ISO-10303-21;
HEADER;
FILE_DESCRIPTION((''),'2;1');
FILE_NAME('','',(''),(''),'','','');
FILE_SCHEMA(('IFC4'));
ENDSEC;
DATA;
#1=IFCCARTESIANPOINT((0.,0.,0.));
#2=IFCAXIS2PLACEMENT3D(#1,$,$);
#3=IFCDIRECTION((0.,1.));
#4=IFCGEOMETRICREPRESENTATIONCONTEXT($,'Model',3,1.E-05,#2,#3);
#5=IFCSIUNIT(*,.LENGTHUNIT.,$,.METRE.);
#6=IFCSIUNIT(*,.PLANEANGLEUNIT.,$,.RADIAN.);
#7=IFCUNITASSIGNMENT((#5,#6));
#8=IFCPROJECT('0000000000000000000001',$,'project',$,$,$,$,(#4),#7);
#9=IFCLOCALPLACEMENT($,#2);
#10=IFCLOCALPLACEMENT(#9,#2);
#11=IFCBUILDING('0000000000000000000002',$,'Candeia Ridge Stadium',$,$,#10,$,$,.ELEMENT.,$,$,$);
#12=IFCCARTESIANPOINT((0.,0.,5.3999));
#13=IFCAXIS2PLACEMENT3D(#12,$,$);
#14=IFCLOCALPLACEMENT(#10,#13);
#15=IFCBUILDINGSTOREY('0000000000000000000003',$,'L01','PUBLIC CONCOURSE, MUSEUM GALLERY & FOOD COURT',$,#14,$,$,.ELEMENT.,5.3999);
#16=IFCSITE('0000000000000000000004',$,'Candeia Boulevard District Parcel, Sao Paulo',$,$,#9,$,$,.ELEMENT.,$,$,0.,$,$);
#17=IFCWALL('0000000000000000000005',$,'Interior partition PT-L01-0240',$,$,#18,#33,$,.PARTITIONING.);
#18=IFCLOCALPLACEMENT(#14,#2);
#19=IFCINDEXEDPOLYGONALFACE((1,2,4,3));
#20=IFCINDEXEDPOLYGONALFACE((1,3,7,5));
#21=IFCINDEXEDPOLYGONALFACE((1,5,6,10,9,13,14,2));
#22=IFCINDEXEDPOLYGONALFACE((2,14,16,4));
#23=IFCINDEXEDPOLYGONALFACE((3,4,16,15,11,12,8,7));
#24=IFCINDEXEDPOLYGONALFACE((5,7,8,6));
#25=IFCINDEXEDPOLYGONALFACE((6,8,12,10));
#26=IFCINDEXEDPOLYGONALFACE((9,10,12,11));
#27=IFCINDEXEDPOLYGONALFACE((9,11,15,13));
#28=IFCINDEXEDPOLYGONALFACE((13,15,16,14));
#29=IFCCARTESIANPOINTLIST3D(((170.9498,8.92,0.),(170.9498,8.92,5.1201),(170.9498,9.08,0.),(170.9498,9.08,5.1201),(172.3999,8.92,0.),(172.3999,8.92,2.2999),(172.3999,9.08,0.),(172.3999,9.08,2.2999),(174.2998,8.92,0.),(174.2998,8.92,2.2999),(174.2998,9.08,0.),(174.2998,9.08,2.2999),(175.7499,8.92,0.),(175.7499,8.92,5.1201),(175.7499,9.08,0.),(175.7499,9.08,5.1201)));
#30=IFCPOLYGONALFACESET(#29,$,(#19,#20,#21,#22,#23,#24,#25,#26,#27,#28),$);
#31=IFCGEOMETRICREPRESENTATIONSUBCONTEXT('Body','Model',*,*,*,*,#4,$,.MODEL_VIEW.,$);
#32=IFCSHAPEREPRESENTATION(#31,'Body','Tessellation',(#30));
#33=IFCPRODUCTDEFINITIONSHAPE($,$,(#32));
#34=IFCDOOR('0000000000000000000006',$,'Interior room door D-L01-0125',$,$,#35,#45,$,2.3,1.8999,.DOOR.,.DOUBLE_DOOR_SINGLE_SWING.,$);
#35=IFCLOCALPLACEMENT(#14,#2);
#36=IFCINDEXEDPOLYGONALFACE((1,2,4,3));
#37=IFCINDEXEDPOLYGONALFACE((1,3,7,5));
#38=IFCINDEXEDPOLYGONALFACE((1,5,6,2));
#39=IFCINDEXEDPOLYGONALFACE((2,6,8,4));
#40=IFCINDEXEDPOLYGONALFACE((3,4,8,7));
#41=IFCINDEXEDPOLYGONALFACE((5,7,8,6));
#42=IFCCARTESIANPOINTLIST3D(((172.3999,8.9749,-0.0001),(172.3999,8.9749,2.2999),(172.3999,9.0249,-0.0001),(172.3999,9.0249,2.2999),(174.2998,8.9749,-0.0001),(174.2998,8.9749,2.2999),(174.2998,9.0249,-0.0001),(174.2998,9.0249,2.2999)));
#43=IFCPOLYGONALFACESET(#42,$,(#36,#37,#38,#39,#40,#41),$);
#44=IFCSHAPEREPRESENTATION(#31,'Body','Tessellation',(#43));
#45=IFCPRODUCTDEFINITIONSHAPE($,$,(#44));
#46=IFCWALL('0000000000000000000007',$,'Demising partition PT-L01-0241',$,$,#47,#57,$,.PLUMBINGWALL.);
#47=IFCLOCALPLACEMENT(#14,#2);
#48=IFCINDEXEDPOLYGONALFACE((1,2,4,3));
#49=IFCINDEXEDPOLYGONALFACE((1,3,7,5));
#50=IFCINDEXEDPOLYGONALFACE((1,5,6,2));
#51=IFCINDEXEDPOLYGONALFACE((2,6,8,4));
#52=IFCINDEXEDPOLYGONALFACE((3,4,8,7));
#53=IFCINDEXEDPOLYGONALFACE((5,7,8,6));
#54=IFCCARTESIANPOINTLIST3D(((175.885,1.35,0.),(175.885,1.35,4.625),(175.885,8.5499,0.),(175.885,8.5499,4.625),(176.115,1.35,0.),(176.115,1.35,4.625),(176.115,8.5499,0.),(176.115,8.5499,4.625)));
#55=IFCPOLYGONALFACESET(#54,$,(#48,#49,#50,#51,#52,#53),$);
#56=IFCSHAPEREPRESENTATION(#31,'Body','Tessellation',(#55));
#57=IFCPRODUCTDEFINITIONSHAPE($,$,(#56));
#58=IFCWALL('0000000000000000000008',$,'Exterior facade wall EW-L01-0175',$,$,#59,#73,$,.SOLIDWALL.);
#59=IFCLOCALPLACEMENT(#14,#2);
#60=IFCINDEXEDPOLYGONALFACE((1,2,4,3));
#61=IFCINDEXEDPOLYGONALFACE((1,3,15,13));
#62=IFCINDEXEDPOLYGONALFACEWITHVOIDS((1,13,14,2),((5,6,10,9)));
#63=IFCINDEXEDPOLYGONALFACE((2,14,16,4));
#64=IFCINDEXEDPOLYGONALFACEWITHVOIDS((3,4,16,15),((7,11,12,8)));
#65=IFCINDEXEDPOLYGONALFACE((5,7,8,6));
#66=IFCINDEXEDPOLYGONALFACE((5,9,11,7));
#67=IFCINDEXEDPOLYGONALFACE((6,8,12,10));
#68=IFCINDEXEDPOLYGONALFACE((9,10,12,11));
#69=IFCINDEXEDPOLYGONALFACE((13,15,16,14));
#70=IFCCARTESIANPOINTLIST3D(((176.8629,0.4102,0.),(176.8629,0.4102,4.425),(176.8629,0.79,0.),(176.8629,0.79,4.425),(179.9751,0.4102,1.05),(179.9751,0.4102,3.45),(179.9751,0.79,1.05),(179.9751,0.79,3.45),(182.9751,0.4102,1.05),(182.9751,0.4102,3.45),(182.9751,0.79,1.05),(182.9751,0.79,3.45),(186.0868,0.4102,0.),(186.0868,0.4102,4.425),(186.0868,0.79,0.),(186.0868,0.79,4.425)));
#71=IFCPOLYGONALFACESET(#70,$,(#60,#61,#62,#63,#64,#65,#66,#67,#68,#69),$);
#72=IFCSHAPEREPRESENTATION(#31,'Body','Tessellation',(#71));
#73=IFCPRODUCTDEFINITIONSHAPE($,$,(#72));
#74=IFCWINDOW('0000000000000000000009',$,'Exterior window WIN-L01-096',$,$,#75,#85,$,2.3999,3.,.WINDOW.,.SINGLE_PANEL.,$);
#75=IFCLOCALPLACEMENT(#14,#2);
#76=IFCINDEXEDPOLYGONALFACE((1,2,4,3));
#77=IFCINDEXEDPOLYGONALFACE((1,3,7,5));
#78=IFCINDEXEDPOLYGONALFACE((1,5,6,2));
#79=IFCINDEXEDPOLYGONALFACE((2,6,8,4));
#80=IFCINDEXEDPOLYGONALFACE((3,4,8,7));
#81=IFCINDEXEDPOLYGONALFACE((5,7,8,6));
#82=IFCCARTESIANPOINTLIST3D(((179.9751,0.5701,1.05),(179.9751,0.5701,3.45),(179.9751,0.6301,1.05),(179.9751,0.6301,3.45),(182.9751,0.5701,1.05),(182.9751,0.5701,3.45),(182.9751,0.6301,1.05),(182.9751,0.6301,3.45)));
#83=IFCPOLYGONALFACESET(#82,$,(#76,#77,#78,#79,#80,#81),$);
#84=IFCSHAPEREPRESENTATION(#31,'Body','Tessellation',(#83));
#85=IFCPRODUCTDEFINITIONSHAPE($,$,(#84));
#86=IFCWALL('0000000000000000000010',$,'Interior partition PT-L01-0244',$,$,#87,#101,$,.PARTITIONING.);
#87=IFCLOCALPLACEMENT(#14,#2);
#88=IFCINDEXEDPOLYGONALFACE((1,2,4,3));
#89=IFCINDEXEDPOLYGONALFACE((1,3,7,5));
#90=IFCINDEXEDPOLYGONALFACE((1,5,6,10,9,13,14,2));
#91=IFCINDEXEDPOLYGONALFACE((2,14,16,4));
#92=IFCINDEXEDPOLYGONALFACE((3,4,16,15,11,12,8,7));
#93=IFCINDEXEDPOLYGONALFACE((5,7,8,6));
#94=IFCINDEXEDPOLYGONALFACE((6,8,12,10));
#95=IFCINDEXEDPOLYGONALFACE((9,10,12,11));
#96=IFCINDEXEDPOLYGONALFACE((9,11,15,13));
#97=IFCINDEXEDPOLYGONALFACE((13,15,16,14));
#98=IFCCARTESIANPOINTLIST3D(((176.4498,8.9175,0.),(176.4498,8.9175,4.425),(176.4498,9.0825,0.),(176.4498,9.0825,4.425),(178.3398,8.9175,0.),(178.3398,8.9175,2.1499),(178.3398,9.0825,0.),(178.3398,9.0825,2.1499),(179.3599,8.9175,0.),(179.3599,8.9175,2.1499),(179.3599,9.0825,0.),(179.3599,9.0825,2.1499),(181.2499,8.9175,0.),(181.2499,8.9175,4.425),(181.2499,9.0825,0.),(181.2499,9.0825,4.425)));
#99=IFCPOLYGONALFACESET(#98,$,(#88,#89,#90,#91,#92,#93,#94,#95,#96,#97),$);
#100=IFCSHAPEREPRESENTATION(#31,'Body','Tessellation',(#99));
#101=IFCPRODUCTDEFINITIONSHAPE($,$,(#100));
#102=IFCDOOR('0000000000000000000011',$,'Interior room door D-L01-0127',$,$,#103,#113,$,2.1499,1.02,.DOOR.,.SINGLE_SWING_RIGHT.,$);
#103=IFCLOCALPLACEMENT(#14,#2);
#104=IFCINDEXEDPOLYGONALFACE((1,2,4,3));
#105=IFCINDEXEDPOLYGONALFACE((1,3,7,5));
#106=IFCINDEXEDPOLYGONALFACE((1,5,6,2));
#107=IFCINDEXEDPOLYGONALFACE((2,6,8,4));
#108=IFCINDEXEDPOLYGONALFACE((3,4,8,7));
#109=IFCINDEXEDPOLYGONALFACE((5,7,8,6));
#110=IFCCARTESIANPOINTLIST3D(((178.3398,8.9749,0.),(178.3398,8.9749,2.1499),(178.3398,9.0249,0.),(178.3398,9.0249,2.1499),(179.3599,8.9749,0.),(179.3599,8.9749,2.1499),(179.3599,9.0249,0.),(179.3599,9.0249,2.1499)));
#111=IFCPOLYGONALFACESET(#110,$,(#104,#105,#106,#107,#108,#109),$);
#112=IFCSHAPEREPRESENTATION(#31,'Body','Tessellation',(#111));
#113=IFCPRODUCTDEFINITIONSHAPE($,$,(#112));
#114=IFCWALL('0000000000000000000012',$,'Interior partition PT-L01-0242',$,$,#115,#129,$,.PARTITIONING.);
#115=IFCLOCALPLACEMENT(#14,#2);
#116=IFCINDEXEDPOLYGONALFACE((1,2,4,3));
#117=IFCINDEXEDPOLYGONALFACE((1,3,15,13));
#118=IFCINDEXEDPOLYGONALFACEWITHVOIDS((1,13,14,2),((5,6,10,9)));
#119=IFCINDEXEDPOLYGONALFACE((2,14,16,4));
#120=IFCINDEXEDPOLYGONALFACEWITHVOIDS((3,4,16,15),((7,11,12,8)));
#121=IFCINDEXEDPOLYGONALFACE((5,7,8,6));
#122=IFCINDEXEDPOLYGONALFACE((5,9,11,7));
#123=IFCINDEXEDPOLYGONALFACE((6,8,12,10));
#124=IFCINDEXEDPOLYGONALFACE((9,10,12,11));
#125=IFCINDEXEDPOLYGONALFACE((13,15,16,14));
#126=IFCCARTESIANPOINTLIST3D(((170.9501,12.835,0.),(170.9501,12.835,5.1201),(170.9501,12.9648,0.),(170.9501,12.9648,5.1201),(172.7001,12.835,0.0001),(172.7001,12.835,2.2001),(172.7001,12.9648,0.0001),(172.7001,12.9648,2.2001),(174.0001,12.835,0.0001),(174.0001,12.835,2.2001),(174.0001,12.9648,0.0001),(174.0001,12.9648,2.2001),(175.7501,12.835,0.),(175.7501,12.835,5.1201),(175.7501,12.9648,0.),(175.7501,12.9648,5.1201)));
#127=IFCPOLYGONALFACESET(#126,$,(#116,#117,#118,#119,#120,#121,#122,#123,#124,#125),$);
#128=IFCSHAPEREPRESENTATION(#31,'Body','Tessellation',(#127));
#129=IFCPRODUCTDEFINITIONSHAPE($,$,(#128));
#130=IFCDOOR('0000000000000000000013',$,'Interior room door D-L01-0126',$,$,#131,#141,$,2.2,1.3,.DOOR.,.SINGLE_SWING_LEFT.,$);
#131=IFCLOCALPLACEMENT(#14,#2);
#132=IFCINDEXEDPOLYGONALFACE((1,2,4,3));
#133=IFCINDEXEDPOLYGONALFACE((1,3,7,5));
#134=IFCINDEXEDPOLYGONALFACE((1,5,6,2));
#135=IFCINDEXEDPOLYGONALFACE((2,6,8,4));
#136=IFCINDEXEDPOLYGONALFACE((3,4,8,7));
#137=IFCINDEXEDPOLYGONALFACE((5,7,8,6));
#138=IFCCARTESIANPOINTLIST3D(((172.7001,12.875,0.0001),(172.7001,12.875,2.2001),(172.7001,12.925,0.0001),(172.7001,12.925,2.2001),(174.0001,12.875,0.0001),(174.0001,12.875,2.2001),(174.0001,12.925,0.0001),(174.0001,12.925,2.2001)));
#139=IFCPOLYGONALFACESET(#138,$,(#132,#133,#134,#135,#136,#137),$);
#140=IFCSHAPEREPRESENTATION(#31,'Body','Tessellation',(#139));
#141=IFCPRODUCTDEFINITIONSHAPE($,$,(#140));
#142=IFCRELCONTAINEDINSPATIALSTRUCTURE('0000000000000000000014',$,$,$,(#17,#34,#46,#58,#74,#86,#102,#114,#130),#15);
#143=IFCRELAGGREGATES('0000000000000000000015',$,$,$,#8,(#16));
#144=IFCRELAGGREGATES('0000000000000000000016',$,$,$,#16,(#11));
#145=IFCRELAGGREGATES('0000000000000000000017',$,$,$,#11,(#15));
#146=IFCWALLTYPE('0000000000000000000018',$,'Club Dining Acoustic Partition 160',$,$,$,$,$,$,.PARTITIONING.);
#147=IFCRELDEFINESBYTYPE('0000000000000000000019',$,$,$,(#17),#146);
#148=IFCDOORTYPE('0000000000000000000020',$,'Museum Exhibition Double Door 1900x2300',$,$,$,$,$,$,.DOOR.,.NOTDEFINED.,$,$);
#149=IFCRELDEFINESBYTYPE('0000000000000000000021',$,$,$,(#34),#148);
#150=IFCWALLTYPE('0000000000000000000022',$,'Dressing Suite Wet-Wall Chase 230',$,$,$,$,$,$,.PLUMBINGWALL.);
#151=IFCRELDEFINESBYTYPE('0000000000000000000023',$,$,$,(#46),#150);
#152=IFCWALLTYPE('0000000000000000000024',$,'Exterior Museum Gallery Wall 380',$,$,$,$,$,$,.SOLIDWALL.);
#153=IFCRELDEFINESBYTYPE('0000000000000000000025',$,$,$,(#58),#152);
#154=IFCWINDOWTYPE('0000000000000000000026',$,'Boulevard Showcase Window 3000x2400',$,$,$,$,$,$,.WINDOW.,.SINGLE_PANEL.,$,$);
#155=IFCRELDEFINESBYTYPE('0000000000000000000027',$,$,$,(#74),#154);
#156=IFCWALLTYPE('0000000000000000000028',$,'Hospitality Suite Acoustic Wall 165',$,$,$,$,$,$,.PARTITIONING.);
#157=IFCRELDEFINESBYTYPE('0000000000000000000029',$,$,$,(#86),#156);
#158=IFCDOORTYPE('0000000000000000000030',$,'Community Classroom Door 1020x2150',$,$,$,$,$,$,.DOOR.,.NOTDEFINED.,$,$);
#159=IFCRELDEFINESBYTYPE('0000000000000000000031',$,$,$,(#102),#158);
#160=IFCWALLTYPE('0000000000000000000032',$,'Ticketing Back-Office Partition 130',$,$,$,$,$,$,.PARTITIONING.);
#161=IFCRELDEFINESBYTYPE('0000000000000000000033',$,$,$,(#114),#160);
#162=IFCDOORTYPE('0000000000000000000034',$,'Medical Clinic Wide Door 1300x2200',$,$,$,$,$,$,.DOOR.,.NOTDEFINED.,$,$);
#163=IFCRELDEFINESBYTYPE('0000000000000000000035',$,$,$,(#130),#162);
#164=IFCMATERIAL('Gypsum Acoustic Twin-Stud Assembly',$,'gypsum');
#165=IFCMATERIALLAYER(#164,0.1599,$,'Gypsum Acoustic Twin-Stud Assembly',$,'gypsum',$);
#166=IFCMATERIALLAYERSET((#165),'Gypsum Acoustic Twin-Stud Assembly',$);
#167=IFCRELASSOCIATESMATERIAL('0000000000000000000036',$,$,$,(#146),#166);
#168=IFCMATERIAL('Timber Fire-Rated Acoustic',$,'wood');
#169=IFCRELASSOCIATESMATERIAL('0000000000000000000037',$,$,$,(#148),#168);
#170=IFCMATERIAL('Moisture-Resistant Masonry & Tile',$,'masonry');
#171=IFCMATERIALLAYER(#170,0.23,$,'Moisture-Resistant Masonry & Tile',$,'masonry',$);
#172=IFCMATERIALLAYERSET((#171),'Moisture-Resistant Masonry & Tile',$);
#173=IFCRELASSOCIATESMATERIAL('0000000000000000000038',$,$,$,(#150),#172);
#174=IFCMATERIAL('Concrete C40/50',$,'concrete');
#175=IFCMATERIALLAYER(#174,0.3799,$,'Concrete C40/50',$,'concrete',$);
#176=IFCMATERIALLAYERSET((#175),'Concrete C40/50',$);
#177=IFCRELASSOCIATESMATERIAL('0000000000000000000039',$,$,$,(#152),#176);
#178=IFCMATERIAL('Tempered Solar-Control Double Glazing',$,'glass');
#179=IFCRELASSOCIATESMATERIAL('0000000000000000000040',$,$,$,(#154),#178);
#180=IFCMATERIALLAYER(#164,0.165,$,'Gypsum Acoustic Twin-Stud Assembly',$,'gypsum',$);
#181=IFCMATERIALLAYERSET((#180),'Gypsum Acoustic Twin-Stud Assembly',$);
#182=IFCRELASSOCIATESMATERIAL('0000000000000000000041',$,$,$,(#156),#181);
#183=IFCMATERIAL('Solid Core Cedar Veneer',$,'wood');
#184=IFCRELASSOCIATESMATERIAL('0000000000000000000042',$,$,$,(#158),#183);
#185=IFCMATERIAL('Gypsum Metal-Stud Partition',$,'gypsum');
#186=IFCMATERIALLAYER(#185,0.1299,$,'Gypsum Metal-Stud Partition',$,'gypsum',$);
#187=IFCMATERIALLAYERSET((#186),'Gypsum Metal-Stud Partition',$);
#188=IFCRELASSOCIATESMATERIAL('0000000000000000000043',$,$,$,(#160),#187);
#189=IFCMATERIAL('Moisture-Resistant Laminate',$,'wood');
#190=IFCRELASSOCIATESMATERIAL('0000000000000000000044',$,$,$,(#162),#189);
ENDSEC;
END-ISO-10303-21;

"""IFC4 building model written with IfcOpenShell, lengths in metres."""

from ifc_helpers import new_model, si_unit, direction, frame, frame_2d, origin, place, context, subcontext, project, spatial, rectangle, extrude, material, layer, layer_set, type_object, element, fill, save


model = new_model("IFC4")

# Units and contexts
model_context = context("Model", 3, precision=1e-05, world=origin(), true_north=direction((0.0, 1.0)))
body_context = subcontext(model_context, "Body", "Model", "MODEL_VIEW")
ifc_project = project(units=[si_unit("LENGTHUNIT", "METRE"), si_unit("PLANEANGLEUNIT", "RADIAN")], contexts=[model_context])

# Site, building, storey
site_placement = place(None, origin())
site = spatial("IfcSite", under=ifc_project, at=site_placement, Name="Candeia Boulevard District Parcel, Sao Paulo", CompositionType="ELEMENT", RefElevation=0.0)
building_placement = place(site_placement, origin())
building = spatial("IfcBuilding", under=site, at=building_placement, Name="Candeia Ridge Stadium", CompositionType="ELEMENT")
storey_placement = place(building_placement, frame((0.0, 0.0, 5.3999)))
storey = spatial("IfcBuildingStorey", under=building, at=storey_placement, Name="L01", Description="PUBLIC CONCOURSE, MUSEUM GALLERY & FOOD COURT", CompositionType="ELEMENT", Elevation=5.3999)

# Shared definitions
ifc_material_1 = material(Name="Concrete C40/50", Category="concrete")

# Wall, opening, door
ifc_material_2 = material(Name="Gypsum Acoustic Twin-Stud Assembly", Category="gypsum")
ifc_layer_1 = layer(ifc_material_2, 0.1599, Name="Gypsum Acoustic Twin-Stud Assembly", Category="gypsum")
ifc_layer_set_1 = layer_set([ifc_layer_1], Name="Gypsum Acoustic Twin-Stud Assembly")
wall_type_1 = type_object("IfcWallType", Name="Club Dining Acoustic Partition 160", PredefinedType="PARTITIONING", material=ifc_layer_set_1)
wall_1_placement = place(storey_placement, frame((170.95, 9.0, 0.0), z_axis=(0.0, 0.0, 1.0), x_axis=(1.0, 0.0, 0.0)))
wall_1 = element("IfcWall", 1, at=wall_1_placement, inside=storey, type_object=wall_type_1, Name="Interior partition PT-L01-0240", PredefinedType="PARTITIONING", context=body_context, shape_type="SweptSolid", body=[
    extrude(rectangle(XDim=4.8, YDim=0.1599, at=frame_2d((2.3999, 0.0))), origin(), (0.0, 0.0, 1.0), 5.1201),
])
opening_1_placement = place(wall_1_placement, frame((1.45, 0.0, 0.0)))
opening_1 = element("IfcOpeningElement", 2, at=opening_1_placement, cuts=wall_1, PredefinedType="OPENING", context=body_context, shape_type="SweptSolid", body=[
    extrude(rectangle(XDim=1.8999, YDim=2.3, at=frame_2d((0.95, 1.1499))), frame((0.0, 0.0898, 0.0), z_axis=(0.0, -1.0, 0.0), x_axis=(1.0, 0.0, 0.0)), (0.0, 0.0, 1.0), 0.1799),
])
ifc_material_3 = material(Name="Timber Fire-Rated Acoustic", Category="wood")
door_type_1 = type_object("IfcDoorType", Name="Museum Exhibition Double Door 1900x2300", OperationType="NOTDEFINED", PredefinedType="DOOR", material=ifc_material_3)
door_1_placement = place(opening_1_placement, origin())
door_1 = element("IfcDoor", 3, at=door_1_placement, inside=storey, type_object=door_type_1, Name="Interior room door D-L01-0125", OperationType="DOUBLE_DOOR_SINGLE_SWING", OverallHeight=2.3, OverallWidth=1.8999, PredefinedType="DOOR", context=body_context, shape_type="SweptSolid", body=[
    extrude(rectangle(XDim=1.8999, YDim=2.3, at=frame_2d((0.95, 1.1499))), frame((0.0, 0.0249, 0.0), z_axis=(0.0, -1.0, 0.0), x_axis=(1.0, 0.0, 0.0)), (0.0, 0.0, 1.0), 0.05),
])
fill(opening_1, door_1)

# Wall
ifc_material_4 = material(Name="Moisture-Resistant Masonry & Tile", Category="masonry")
ifc_layer_2 = layer(ifc_material_4, 0.23, Name="Moisture-Resistant Masonry & Tile", Category="masonry")
ifc_layer_set_2 = layer_set([ifc_layer_2], Name="Moisture-Resistant Masonry & Tile")
wall_type_2 = type_object("IfcWallType", Name="Dressing Suite Wet-Wall Chase 230", PredefinedType="PLUMBINGWALL", material=ifc_layer_set_2)
wall_2_placement = place(storey_placement, frame((176.0, 8.55, 0.0), z_axis=(0.0, 0.0, 1.0), x_axis=(0.0, -1.0, 0.0)))
element("IfcWall", 4, at=wall_2_placement, inside=storey, type_object=wall_type_2, Name="Demising partition PT-L01-0241", PredefinedType="PLUMBINGWALL", context=body_context, shape_type="SweptSolid", body=[
    extrude(rectangle(XDim=7.2, YDim=0.23, at=frame_2d((3.6001, 0.0))), origin(), (0.0, 0.0, 1.0), 4.625),
])

# Wall, opening, window
ifc_layer_3 = layer(ifc_material_1, 0.3799, Name="Concrete C40/50", Category="concrete")
ifc_layer_set_3 = layer_set([ifc_layer_3], Name="Concrete C40/50")
wall_type_3 = type_object("IfcWallType", Name="Exterior Museum Gallery Wall 380", PredefinedType="SOLIDWALL", material=ifc_layer_set_3)
wall_3_placement = place(storey_placement, frame((176.863, 0.6001, 0.0), z_axis=(0.0, 0.0, 1.0), x_axis=(1.0, 0.0, 0.0)))
wall_3 = element("IfcWall", 5, at=wall_3_placement, inside=storey, type_object=wall_type_3, Name="Exterior facade wall EW-L01-0175", PredefinedType="SOLIDWALL", context=body_context, shape_type="SweptSolid", body=[
    extrude(rectangle(XDim=9.2239, YDim=0.3799, at=frame_2d((4.6118, 0.0))), origin(), (0.0, 0.0, 1.0), 4.425),
])
opening_2_placement = place(wall_3_placement, frame((3.1121, 0.0, 1.05)))
opening_2 = element("IfcOpeningElement", 6, at=opening_2_placement, cuts=wall_3, PredefinedType="OPENING", context=body_context, shape_type="SweptSolid", body=[
    extrude(rectangle(XDim=3.0, YDim=2.3999, at=frame_2d((1.5, 1.2))), frame((0.0, 0.2, 0.0), z_axis=(0.0, -1.0, 0.0), x_axis=(1.0, 0.0, 0.0)), (0.0, 0.0, 1.0), 0.3999),
])
ifc_material_5 = material(Name="Tempered Solar-Control Double Glazing", Category="glass")
window_type = type_object("IfcWindowType", Name="Boulevard Showcase Window 3000x2400", PartitioningType="SINGLE_PANEL", PredefinedType="WINDOW", material=ifc_material_5)
window_placement = place(opening_2_placement, origin())
window = element("IfcWindow", 7, at=window_placement, inside=storey, type_object=window_type, Name="Exterior window WIN-L01-096", OverallHeight=2.3999, OverallWidth=3.0, PartitioningType="SINGLE_PANEL", PredefinedType="WINDOW", context=body_context, shape_type="SweptSolid", body=[
    extrude(rectangle(XDim=3.0, YDim=2.3999, at=frame_2d((1.5, 1.2))), frame((0.0, 0.03, 0.0), z_axis=(0.0, -1.0, 0.0), x_axis=(1.0, 0.0, 0.0)), (0.0, 0.0, 1.0), 0.0601),
])
fill(opening_2, window)

# Walls, openings, doors
ifc_layer_4 = layer(ifc_material_2, 0.165, Name="Gypsum Acoustic Twin-Stud Assembly", Category="gypsum")
ifc_layer_set_4 = layer_set([ifc_layer_4], Name="Gypsum Acoustic Twin-Stud Assembly")
wall_type_4 = type_object("IfcWallType", Name="Hospitality Suite Acoustic Wall 165", PredefinedType="PARTITIONING", material=ifc_layer_set_4)
wall_4_placement = place(storey_placement, frame((176.45, 9.0, 0.0), z_axis=(0.0, 0.0, 1.0), x_axis=(1.0, 0.0, 0.0)))
wall_4 = element("IfcWall", 8, at=wall_4_placement, inside=storey, type_object=wall_type_4, Name="Interior partition PT-L01-0244", PredefinedType="PARTITIONING", context=body_context, shape_type="SweptSolid", body=[
    extrude(rectangle(XDim=4.8, YDim=0.165, at=frame_2d((2.3999, 0.0))), origin(), (0.0, 0.0, 1.0), 4.425),
])
opening_3_placement = place(wall_4_placement, frame((1.8899, 0.0, 0.0)))
opening_3 = element("IfcOpeningElement", 9, at=opening_3_placement, cuts=wall_4, PredefinedType="OPENING", context=body_context, shape_type="SweptSolid", body=[
    extrude(rectangle(XDim=1.02, YDim=2.1499, at=frame_2d((0.51, 1.075))), frame((0.0, 0.0925, 0.0), z_axis=(0.0, -1.0, 0.0), x_axis=(1.0, 0.0, 0.0)), (0.0, 0.0, 1.0), 0.1851),
])
ifc_material_6 = material(Name="Solid Core Cedar Veneer", Category="wood")
door_type_2 = type_object("IfcDoorType", Name="Community Classroom Door 1020x2150", OperationType="NOTDEFINED", PredefinedType="DOOR", material=ifc_material_6)
door_2_placement = place(opening_3_placement, origin())
door_2 = element("IfcDoor", 10, at=door_2_placement, inside=storey, type_object=door_type_2, Name="Interior room door D-L01-0127", OperationType="SINGLE_SWING_RIGHT", OverallHeight=2.1499, OverallWidth=1.02, PredefinedType="DOOR", context=body_context, shape_type="SweptSolid", body=[
    extrude(rectangle(XDim=1.02, YDim=2.1499, at=frame_2d((0.51, 1.075))), frame((0.0, 0.0249, 0.0), z_axis=(0.0, -1.0, 0.0), x_axis=(1.0, 0.0, 0.0)), (0.0, 0.0, 1.0), 0.05),
])
fill(opening_3, door_2)
ifc_material_7 = material(Name="Gypsum Metal-Stud Partition", Category="gypsum")
ifc_layer_5 = layer(ifc_material_7, 0.1299, Name="Gypsum Metal-Stud Partition", Category="gypsum")
ifc_layer_set_5 = layer_set([ifc_layer_5], Name="Gypsum Metal-Stud Partition")
wall_type_5 = type_object("IfcWallType", Name="Ticketing Back-Office Partition 130", PredefinedType="PARTITIONING", material=ifc_layer_set_5)
wall_5_placement = place(storey_placement, frame((175.75, 12.8999, 0.0), z_axis=(0.0, 0.0, 1.0), x_axis=(-1.0, 0.0, 0.0)))
wall_5 = element("IfcWall", 11, at=wall_5_placement, inside=storey, type_object=wall_type_5, Name="Interior partition PT-L01-0242", PredefinedType="PARTITIONING", context=body_context, shape_type="SweptSolid", body=[
    extrude(rectangle(XDim=4.8, YDim=0.1299, at=frame_2d((2.3999, 0.0))), origin(), (0.0, 0.0, 1.0), 5.1201),
])
opening_4_placement = place(wall_5_placement, frame((1.75, 0.0, 0.0)))
opening_4 = element("IfcOpeningElement", 12, at=opening_4_placement, cuts=wall_5, PredefinedType="OPENING", context=body_context, shape_type="SweptSolid", body=[
    extrude(rectangle(XDim=1.3, YDim=2.2, at=frame_2d((0.6499, 1.1001))), frame((0.0, 0.075, 0.0), z_axis=(0.0, -1.0, 0.0), x_axis=(1.0, 0.0, 0.0)), (0.0, 0.0, 1.0), 0.1499),
])
ifc_material_8 = material(Name="Moisture-Resistant Laminate", Category="wood")
door_type_3 = type_object("IfcDoorType", Name="Medical Clinic Wide Door 1300x2200", OperationType="NOTDEFINED", PredefinedType="DOOR", material=ifc_material_8)
door_3_placement = place(opening_4_placement, origin())
door_3 = element("IfcDoor", 13, at=door_3_placement, inside=storey, type_object=door_type_3, Name="Interior room door D-L01-0126", OperationType="SINGLE_SWING_LEFT", OverallHeight=2.2, OverallWidth=1.3, PredefinedType="DOOR", context=body_context, shape_type="SweptSolid", body=[
    extrude(rectangle(XDim=1.3, YDim=2.2, at=frame_2d((0.6499, 1.1001))), frame((0.0, 0.0249, 0.0), z_axis=(0.0, -1.0, 0.0), x_axis=(1.0, 0.0, 0.0)), (0.0, 0.0, 1.0), 0.05),
])
fill(opening_4, door_3)

save(model, "model.ifc")
